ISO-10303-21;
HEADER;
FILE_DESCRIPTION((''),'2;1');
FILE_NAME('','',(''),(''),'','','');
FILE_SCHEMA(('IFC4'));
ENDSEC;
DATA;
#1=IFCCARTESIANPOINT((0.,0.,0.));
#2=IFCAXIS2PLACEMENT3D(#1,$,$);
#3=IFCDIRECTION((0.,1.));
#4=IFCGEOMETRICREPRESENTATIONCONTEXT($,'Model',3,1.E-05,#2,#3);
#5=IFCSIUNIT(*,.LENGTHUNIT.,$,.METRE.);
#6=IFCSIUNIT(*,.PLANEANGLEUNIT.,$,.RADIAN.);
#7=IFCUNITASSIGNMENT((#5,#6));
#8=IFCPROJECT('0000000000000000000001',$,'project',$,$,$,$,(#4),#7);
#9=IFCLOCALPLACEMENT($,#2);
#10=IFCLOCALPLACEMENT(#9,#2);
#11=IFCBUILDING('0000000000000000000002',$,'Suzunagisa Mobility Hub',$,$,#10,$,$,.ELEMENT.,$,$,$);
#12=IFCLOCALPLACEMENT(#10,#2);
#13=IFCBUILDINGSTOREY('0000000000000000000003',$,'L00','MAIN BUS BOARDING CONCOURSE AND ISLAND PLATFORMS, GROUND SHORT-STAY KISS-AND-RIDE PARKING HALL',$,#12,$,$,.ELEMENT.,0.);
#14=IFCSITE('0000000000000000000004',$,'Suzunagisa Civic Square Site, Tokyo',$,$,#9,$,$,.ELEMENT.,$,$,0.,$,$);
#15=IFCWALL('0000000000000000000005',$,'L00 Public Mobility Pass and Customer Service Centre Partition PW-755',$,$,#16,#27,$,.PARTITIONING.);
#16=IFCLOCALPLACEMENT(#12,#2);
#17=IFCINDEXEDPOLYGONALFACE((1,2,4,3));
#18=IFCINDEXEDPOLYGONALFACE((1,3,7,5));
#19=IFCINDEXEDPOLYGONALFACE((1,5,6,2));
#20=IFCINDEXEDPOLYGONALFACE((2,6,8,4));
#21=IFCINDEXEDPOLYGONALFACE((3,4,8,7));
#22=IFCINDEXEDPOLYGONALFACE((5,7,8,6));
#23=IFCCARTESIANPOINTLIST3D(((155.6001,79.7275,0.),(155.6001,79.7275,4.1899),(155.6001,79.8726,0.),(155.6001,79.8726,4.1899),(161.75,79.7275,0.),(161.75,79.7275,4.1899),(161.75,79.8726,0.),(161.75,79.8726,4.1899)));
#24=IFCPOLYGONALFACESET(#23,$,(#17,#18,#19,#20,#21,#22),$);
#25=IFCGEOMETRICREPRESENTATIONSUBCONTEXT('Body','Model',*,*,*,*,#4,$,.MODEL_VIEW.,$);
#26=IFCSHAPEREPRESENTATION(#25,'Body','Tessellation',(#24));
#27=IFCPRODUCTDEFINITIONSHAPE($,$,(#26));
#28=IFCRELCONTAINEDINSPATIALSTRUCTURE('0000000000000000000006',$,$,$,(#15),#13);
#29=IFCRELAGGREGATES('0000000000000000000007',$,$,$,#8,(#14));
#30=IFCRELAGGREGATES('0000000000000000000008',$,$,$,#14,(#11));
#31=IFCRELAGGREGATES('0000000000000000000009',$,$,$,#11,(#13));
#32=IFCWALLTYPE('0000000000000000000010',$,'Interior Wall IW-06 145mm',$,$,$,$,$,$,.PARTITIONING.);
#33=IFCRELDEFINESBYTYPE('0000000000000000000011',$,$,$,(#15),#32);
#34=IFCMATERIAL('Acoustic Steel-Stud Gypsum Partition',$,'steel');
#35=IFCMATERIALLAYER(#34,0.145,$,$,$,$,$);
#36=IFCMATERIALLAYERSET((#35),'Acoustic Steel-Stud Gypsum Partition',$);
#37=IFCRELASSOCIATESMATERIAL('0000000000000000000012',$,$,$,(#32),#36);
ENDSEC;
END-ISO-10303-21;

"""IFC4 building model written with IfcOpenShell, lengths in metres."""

from ifc_helpers import new_model, si_unit, direction, frame, frame_2d, origin, place, context, subcontext, project, spatial, rectangle, extrude, material, layer, layer_set, type_object, element, save


model = new_model("IFC4")

# Units and contexts
model_context = context("Model", 3, precision=1e-05, world=origin(), true_north=direction((0.0, 1.0)))
body_context = subcontext(model_context, "Body", "Model", "MODEL_VIEW")
ifc_project = project(units=[si_unit("LENGTHUNIT", "METRE"), si_unit("PLANEANGLEUNIT", "RADIAN")], contexts=[model_context])

# Site, building, storey
site_placement = place(None, origin())
site = spatial("IfcSite", under=ifc_project, at=site_placement, Name="Suzunagisa Civic Square Site, Tokyo", CompositionType="ELEMENT", RefElevation=0.0)
building_placement = place(site_placement, origin())
building = spatial("IfcBuilding", under=site, at=building_placement, Name="Suzunagisa Mobility Hub", CompositionType="ELEMENT")
storey_placement = place(building_placement, origin())
storey = spatial("IfcBuildingStorey", under=building, at=storey_placement, Name="L00", Description="MAIN BUS BOARDING CONCOURSE AND ISLAND PLATFORMS, GROUND SHORT-STAY KISS-AND-RIDE PARKING HALL", CompositionType="ELEMENT", Elevation=0.0)

# Wall
ifc_material_1 = material(Name="Acoustic Steel-Stud Gypsum Partition", Category="steel")
ifc_layer_1 = layer(ifc_material_1, 0.145)
ifc_layer_set_1 = layer_set([ifc_layer_1], Name="Acoustic Steel-Stud Gypsum Partition")
wall_type_1 = type_object("IfcWallType", Name="Interior Wall IW-06 145mm", PredefinedType="PARTITIONING", material=ifc_layer_set_1)
wall_1_placement = place(storey_placement, frame((155.6001, 79.8, 0.0), z_axis=(0.0, 0.0, 1.0), x_axis=(1.0, 0.0, 0.0)))
element("IfcWall", 1, at=wall_1_placement, inside=storey, type_object=wall_type_1, Name="L00 Public Mobility Pass and Customer Service Centre Partition PW-755", PredefinedType="PARTITIONING", context=body_context, shape_type="SweptSolid", body=[
    extrude(rectangle(XDim=6.1499, YDim=0.145, at=frame_2d((3.075, 0.0))), origin(), (0.0, 0.0, 1.0), 4.1899),
])

save(model, "model.ifc")
